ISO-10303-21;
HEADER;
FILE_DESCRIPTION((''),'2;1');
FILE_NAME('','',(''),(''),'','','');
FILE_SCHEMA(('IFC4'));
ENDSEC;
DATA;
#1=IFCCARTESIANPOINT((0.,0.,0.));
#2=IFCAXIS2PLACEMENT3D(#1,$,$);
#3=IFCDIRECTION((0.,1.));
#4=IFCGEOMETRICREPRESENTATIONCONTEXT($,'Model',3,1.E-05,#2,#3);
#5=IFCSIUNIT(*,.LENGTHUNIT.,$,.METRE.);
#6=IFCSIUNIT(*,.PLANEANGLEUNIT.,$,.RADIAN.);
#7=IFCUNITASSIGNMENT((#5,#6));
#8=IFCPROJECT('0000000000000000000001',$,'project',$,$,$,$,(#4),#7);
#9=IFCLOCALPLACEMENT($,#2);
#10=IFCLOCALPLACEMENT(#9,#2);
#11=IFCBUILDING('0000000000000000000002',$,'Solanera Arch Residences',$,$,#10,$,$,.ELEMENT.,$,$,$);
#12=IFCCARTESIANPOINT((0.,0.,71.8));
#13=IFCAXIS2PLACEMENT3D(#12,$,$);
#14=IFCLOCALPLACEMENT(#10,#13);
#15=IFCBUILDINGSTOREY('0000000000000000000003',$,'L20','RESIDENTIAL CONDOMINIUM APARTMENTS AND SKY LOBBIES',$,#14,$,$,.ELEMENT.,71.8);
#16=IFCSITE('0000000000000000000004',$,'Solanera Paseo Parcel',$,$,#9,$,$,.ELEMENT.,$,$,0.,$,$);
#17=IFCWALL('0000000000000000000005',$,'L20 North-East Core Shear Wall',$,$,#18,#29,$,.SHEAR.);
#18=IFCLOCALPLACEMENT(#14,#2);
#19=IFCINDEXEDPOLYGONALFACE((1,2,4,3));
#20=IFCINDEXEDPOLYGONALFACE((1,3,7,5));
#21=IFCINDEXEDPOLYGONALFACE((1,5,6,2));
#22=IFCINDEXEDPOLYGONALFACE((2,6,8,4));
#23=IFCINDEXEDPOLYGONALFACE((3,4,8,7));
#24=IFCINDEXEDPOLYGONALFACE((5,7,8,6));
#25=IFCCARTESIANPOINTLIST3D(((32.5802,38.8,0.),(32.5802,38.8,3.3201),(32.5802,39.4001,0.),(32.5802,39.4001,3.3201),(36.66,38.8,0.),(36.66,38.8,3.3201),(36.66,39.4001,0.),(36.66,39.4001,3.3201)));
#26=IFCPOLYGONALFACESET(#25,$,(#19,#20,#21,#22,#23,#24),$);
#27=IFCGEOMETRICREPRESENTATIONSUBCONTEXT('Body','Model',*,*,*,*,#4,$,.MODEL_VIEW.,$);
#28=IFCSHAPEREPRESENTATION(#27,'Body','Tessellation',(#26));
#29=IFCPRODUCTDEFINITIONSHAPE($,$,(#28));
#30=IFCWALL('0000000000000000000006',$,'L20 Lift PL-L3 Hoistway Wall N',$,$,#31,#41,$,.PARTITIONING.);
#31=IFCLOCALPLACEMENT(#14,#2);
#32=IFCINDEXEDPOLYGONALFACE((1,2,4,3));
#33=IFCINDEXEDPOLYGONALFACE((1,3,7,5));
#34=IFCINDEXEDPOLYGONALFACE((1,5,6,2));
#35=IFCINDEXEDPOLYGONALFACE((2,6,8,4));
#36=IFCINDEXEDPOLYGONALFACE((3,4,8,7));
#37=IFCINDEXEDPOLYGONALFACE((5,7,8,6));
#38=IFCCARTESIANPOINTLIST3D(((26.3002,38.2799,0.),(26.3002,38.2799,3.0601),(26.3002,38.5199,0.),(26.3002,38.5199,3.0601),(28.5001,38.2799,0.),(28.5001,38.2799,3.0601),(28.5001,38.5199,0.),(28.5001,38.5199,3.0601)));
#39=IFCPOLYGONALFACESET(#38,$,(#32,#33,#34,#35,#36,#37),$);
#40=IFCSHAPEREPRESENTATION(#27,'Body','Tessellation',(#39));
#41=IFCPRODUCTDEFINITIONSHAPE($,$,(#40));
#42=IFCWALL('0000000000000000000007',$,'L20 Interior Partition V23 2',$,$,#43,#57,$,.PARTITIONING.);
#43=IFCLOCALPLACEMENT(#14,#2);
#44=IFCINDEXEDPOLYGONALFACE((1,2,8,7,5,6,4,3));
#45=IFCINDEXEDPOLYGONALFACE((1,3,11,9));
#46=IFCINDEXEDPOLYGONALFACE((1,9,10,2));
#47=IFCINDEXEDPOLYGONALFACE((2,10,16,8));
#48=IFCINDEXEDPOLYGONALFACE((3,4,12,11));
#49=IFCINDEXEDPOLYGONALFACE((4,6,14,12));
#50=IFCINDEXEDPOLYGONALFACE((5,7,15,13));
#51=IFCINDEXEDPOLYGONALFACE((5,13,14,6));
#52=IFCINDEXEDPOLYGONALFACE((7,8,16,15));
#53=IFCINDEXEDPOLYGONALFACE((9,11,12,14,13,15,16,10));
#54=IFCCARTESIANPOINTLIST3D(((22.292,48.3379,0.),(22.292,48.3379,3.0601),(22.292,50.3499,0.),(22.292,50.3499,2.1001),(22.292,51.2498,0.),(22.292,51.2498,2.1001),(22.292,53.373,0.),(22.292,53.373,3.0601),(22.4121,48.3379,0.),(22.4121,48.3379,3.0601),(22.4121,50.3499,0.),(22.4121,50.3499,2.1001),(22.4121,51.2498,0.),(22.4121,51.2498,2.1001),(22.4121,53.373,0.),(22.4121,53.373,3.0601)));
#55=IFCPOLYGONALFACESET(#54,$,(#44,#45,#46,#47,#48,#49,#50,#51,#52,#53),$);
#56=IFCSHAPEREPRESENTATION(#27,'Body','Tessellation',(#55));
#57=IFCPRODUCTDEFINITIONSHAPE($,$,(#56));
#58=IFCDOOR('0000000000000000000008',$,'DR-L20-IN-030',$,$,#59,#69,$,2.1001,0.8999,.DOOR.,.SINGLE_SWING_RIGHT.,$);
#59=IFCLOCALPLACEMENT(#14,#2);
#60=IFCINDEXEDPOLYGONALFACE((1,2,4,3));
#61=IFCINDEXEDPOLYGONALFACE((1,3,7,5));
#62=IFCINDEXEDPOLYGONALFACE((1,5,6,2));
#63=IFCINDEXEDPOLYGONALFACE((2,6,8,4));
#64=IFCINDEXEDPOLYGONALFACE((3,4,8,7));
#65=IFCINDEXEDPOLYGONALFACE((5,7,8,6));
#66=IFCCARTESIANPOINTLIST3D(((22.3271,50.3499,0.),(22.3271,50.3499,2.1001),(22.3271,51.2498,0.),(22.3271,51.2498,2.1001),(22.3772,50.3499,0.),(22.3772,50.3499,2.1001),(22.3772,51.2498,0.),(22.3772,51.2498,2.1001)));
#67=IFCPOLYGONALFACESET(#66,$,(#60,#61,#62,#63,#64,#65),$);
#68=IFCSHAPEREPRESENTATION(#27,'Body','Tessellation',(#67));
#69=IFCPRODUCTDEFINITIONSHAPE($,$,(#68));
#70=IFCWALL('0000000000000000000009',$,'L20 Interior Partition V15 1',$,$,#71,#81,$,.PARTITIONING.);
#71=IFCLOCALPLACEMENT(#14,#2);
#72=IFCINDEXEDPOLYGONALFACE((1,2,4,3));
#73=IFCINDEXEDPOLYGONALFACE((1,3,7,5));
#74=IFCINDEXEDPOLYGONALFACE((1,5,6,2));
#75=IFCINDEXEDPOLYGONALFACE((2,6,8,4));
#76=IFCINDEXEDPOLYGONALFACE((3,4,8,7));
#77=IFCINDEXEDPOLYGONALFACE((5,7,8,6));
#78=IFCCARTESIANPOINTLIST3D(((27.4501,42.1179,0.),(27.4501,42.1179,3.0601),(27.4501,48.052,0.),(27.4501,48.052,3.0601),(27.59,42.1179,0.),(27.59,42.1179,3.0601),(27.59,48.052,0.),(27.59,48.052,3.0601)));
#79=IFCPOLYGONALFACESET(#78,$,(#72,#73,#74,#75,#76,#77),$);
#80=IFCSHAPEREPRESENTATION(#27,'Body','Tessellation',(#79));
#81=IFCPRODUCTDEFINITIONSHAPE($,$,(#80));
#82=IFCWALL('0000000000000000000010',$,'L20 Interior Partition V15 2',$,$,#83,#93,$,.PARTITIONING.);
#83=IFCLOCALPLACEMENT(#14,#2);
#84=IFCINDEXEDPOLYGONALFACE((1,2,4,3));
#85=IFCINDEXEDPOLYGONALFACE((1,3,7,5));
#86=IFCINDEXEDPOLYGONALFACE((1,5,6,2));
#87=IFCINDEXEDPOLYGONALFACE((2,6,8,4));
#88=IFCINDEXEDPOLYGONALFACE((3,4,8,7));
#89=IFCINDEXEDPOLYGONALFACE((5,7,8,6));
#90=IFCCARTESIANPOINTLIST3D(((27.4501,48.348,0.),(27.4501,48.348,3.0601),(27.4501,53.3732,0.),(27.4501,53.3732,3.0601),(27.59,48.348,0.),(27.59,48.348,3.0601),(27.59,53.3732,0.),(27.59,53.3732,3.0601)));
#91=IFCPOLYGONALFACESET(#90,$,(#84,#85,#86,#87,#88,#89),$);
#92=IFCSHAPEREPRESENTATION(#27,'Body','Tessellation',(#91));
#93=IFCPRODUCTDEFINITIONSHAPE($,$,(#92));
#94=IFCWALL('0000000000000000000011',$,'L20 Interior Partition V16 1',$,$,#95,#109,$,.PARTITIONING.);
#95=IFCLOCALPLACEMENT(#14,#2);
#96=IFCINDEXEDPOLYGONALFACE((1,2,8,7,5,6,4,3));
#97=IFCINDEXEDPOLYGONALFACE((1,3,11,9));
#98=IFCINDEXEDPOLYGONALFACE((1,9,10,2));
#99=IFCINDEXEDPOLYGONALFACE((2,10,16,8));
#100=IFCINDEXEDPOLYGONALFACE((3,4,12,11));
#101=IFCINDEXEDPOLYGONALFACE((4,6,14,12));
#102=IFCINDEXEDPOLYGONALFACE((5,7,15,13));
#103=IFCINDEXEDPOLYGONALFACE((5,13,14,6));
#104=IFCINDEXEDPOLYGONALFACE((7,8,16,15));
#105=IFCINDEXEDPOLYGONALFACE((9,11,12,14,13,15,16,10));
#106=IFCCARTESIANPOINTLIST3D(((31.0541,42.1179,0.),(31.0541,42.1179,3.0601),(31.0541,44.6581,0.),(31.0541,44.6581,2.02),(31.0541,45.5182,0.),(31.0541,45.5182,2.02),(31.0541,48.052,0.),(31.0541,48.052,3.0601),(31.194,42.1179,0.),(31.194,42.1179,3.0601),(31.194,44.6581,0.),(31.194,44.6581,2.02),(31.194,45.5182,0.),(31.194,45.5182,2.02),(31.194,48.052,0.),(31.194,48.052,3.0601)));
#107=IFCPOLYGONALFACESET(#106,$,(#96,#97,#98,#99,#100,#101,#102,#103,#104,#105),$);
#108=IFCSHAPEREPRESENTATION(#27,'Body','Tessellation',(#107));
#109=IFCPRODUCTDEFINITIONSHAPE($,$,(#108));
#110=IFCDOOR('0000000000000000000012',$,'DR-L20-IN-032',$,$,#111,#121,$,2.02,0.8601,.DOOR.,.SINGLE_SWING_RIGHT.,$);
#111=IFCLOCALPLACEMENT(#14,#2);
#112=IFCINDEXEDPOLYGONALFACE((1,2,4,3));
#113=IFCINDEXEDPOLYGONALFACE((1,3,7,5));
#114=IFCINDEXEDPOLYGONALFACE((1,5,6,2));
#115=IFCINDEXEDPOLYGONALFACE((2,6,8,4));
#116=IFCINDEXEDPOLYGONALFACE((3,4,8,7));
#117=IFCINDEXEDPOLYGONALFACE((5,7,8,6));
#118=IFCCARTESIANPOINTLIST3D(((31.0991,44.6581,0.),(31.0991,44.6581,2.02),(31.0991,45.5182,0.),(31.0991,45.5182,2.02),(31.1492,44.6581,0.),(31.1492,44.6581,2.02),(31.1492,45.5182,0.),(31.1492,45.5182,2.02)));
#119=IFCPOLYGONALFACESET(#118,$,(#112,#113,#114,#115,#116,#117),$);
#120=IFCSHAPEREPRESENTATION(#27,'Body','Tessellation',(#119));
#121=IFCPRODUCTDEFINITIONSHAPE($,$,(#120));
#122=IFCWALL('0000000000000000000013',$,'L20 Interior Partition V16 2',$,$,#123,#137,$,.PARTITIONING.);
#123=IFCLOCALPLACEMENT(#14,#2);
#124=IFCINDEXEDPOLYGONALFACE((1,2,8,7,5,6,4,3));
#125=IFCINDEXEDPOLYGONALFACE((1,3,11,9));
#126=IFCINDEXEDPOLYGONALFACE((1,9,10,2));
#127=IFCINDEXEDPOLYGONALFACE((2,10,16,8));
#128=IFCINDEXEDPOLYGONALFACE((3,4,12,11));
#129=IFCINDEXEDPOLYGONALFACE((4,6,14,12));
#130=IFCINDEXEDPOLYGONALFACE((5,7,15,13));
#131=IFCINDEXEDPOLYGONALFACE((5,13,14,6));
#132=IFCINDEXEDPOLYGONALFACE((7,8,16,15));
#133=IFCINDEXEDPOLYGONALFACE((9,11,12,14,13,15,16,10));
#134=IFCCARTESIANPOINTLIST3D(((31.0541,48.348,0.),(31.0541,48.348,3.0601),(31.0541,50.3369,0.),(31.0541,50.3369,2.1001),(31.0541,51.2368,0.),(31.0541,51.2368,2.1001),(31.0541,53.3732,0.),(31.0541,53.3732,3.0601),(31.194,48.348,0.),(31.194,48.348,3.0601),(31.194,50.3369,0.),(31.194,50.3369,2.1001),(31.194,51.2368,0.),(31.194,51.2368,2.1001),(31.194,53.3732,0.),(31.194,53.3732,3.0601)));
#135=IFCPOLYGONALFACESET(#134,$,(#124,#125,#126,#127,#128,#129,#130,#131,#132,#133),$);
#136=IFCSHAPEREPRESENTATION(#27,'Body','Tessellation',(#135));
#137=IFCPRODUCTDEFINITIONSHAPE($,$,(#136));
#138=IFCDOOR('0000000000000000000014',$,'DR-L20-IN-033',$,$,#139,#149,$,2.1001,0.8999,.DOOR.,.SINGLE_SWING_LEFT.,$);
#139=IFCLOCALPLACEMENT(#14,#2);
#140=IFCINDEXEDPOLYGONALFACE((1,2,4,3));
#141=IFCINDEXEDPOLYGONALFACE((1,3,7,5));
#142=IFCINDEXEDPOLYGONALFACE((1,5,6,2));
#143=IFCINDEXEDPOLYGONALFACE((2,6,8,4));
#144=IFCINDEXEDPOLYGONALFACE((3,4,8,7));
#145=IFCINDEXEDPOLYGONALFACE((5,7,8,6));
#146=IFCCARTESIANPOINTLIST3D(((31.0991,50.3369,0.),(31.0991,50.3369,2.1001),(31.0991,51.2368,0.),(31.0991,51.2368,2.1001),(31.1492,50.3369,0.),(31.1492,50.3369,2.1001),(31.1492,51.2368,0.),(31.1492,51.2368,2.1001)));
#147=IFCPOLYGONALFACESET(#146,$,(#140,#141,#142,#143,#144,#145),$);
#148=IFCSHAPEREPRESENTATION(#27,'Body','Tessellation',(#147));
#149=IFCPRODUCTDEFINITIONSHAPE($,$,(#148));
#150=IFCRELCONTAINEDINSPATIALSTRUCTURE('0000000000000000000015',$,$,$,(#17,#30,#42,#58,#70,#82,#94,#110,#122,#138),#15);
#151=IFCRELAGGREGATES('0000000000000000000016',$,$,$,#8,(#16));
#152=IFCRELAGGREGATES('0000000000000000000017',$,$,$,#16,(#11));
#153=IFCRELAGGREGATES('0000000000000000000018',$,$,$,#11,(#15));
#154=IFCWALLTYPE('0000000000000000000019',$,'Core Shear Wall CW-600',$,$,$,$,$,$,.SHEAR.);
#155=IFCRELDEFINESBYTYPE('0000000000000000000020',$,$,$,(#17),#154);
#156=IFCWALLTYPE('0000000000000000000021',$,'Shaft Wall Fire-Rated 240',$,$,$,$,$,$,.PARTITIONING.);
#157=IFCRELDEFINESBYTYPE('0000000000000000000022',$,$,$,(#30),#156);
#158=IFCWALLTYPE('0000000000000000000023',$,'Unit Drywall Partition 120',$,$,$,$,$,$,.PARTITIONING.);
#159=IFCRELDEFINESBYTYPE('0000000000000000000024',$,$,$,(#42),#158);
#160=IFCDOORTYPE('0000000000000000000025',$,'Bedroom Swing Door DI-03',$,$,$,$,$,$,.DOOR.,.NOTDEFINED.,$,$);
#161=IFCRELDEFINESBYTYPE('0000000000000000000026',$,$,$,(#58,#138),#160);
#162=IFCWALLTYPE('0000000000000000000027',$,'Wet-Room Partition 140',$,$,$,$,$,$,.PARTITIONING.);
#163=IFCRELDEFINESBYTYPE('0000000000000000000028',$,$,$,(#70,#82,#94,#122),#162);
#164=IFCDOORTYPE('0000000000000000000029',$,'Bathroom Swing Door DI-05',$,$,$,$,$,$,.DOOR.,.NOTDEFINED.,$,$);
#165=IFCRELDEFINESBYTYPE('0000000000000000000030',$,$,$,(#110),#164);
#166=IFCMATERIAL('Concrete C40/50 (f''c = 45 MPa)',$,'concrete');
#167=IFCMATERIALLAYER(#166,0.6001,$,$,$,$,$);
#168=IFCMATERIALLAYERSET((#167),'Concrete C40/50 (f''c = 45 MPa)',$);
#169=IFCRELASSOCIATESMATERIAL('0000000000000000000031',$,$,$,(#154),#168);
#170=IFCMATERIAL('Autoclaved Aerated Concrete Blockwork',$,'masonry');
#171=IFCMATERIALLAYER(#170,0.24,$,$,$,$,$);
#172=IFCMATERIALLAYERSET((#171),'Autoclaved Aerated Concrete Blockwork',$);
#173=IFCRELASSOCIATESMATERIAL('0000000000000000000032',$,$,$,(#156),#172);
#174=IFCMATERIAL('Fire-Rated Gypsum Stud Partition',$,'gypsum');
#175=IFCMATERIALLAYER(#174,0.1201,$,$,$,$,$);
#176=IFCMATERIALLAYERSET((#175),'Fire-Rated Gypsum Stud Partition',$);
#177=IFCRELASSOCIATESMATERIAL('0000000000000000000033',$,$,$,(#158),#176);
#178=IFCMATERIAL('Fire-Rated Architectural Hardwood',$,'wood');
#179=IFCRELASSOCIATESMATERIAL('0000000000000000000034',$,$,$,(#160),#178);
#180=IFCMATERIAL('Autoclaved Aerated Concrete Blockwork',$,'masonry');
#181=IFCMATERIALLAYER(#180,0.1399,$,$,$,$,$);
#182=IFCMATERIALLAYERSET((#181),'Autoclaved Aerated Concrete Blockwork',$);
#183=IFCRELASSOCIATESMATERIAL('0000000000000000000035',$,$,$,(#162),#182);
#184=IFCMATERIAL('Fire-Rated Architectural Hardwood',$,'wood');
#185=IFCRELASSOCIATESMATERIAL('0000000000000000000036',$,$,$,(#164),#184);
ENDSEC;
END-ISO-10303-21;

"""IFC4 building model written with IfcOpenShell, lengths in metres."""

from ifc_helpers import new_model, si_unit, direction, frame, frame_2d, origin, place, context, subcontext, project, spatial, rectangle, extrude, material, layer, layer_set, type_object, element, fill, save


model = new_model("IFC4")

# Units and contexts
model_context = context("Model", 3, precision=1e-05, world=origin(), true_north=direction((0.0, 1.0)))
body_context = subcontext(model_context, "Body", "Model", "MODEL_VIEW")
ifc_project = project(units=[si_unit("LENGTHUNIT", "METRE"), si_unit("PLANEANGLEUNIT", "RADIAN")], contexts=[model_context])

# Site, building, storey
site_placement = place(None, origin())
site = spatial("IfcSite", under=ifc_project, at=site_placement, Name="Solanera Paseo Parcel", CompositionType="ELEMENT", RefElevation=0.0)
building_placement = place(site_placement, origin())
building = spatial("IfcBuilding", under=site, at=building_placement, Name="Solanera Arch Residences", CompositionType="ELEMENT")
storey_placement = place(building_placement, frame((0.0, 0.0, 71.8)))
storey = spatial("IfcBuildingStorey", under=building, at=storey_placement, Name="L20", Description="RESIDENTIAL CONDOMINIUM APARTMENTS AND SKY LOBBIES", CompositionType="ELEMENT", Elevation=71.8)

# Walls
ifc_material_1 = material(Name="Concrete C40/50 (f'c = 45 MPa)", Category="concrete")
ifc_layer_1 = layer(ifc_material_1, 0.6001)
ifc_layer_set_1 = layer_set([ifc_layer_1], Name="Concrete C40/50 (f'c = 45 MPa)")
wall_type_1 = type_object("IfcWallType", Name="Core Shear Wall CW-600", PredefinedType="SHEAR", material=ifc_layer_set_1)
wall_1_placement = place(storey_placement, frame((32.5801, 39.1001, 0.0), z_axis=(0.0, 0.0, 1.0), x_axis=(1.0, 0.0, 0.0)))
element("IfcWall", 1, at=wall_1_placement, inside=storey, type_object=wall_type_1, Name="L20 North-East Core Shear Wall", PredefinedType="SHEAR", context=body_context, shape_type="SweptSolid", body=[
    extrude(rectangle(XDim=4.0798, YDim=0.6001, at=frame_2d((2.04, 0.0))), origin(), (0.0, 0.0, 1.0), 3.3201),
])
ifc_material_2 = material(Name="Autoclaved Aerated Concrete Blockwork", Category="masonry")
ifc_layer_2 = layer(ifc_material_2, 0.24)
ifc_layer_set_2 = layer_set([ifc_layer_2], Name="Autoclaved Aerated Concrete Blockwork")
wall_type_2 = type_object("IfcWallType", Name="Shaft Wall Fire-Rated 240", PredefinedType="PARTITIONING", material=ifc_layer_set_2)
wall_2_placement = place(storey_placement, frame((26.3, 38.3999, 0.0), z_axis=(0.0, 0.0, 1.0), x_axis=(1.0, 0.0, 0.0)))
element("IfcWall", 2, at=wall_2_placement, inside=storey, type_object=wall_type_2, Name="L20 Lift PL-L3 Hoistway Wall N", PredefinedType="PARTITIONING", context=body_context, shape_type="SweptSolid", body=[
    extrude(rectangle(XDim=2.2, YDim=0.24, at=frame_2d((1.1001, 0.0))), origin(), (0.0, 0.0, 1.0), 3.0601),
])

# Wall, opening, door
ifc_material_3 = material(Name="Fire-Rated Gypsum Stud Partition", Category="gypsum")
ifc_layer_3 = layer(ifc_material_3, 0.1201)
ifc_layer_set_3 = layer_set([ifc_layer_3], Name="Fire-Rated Gypsum Stud Partition")
wall_type_3 = type_object("IfcWallType", Name="Unit Drywall Partition 120", PredefinedType="PARTITIONING", material=ifc_layer_set_3)
wall_3_placement = place(storey_placement, frame((22.3521, 48.3379, 0.0), z_axis=(0.0, 0.0, 1.0), x_axis=(0.0, 1.0, 0.0)))
wall_3 = element("IfcWall", 3, at=wall_3_placement, inside=storey, type_object=wall_type_3, Name="L20 Interior Partition V23 2", PredefinedType="PARTITIONING", context=body_context, shape_type="SweptSolid", body=[
    extrude(rectangle(XDim=5.0352, YDim=0.1201, at=frame_2d((2.5176, 0.0))), origin(), (0.0, 0.0, 1.0), 3.0601),
])
opening_1_placement = place(wall_3_placement, frame((2.012, 0.0, 0.0)))
opening_1 = element("IfcOpeningElement", 4, at=opening_1_placement, cuts=wall_3, PredefinedType="OPENING", context=body_context, shape_type="SweptSolid", body=[
    extrude(rectangle(XDim=0.8999, YDim=2.1001, at=frame_2d((0.45, 1.05))), frame((0.0, 0.0701, 0.0), z_axis=(0.0, -1.0, 0.0), x_axis=(1.0, 0.0, 0.0)), (0.0, 0.0, 1.0), 0.1401),
])
ifc_material_4 = material(Name="Fire-Rated Architectural Hardwood", Category="wood")
door_type_1 = type_object("IfcDoorType", Name="Bedroom Swing Door DI-03", OperationType="NOTDEFINED", PredefinedType="DOOR", material=ifc_material_4)
door_1_placement = place(opening_1_placement, origin())
door_1 = element("IfcDoor", 5, at=door_1_placement, inside=storey, type_object=door_type_1, Name="DR-L20-IN-030", OperationType="SINGLE_SWING_RIGHT", OverallHeight=2.1001, OverallWidth=0.8999, PredefinedType="DOOR", context=body_context, shape_type="SweptSolid", body=[
    extrude(rectangle(XDim=0.8999, YDim=2.1001, at=frame_2d((0.45, 1.05))), frame((0.0, 0.0249, 0.0), z_axis=(0.0, -1.0, 0.0), x_axis=(1.0, 0.0, 0.0)), (0.0, 0.0, 1.0), 0.05),
])
fill(opening_1, door_1)

# Walls
ifc_material_5 = material(Name="Autoclaved Aerated Concrete Blockwork", Category="masonry")
ifc_layer_4 = layer(ifc_material_5, 0.1399)
ifc_layer_set_4 = layer_set([ifc_layer_4], Name="Autoclaved Aerated Concrete Blockwork")
wall_type_4 = type_object("IfcWallType", Name="Wet-Room Partition 140", PredefinedType="PARTITIONING", material=ifc_layer_set_4)
wall_4_placement = place(storey_placement, frame((27.52, 42.1179, 0.0), z_axis=(0.0, 0.0, 1.0), x_axis=(0.0, 1.0, 0.0)))
element("IfcWall", 6, at=wall_4_placement, inside=storey, type_object=wall_type_4, Name="L20 Interior Partition V15 1", PredefinedType="PARTITIONING", context=body_context, shape_type="SweptSolid", body=[
    extrude(rectangle(XDim=5.9341, YDim=0.1399, at=frame_2d((2.967, 0.0))), origin(), (0.0, 0.0, 1.0), 3.0601),
])
wall_5_placement = place(storey_placement, frame((27.52, 48.3479, 0.0), z_axis=(0.0, 0.0, 1.0), x_axis=(0.0, 1.0, 0.0)))
element("IfcWall", 7, at=wall_5_placement, inside=storey, type_object=wall_type_4, Name="L20 Interior Partition V15 2", PredefinedType="PARTITIONING", context=body_context, shape_type="SweptSolid", body=[
    extrude(rectangle(XDim=5.0251, YDim=0.1399, at=frame_2d((2.5127, 0.0))), origin(), (0.0, 0.0, 1.0), 3.0601),
])

# Walls, openings, doors
wall_6_placement = place(storey_placement, frame((31.124, 42.1179, 0.0), z_axis=(0.0, 0.0, 1.0), x_axis=(0.0, 1.0, 0.0)))
wall_6 = element("IfcWall", 8, at=wall_6_placement, inside=storey, type_object=wall_type_4, Name="L20 Interior Partition V16 1", PredefinedType="PARTITIONING", context=body_context, shape_type="SweptSolid", body=[
    extrude(rectangle(XDim=5.9341, YDim=0.1399, at=frame_2d((2.967, 0.0))), origin(), (0.0, 0.0, 1.0), 3.0601),
])
opening_2_placement = place(wall_6_placement, frame((2.54, 0.0, 0.0)))
opening_2 = element("IfcOpeningElement", 9, at=opening_2_placement, cuts=wall_6, PredefinedType="OPENING", context=body_context, shape_type="SweptSolid", body=[
    extrude(rectangle(XDim=0.8601, YDim=2.02, at=frame_2d((0.4302, 1.01))), frame((0.0, 0.0798, 0.0), z_axis=(0.0, -1.0, 0.0), x_axis=(1.0, 0.0, 0.0)), (0.0, 0.0, 1.0), 0.1599),
])
ifc_material_6 = material(Name="Fire-Rated Architectural Hardwood", Category="wood")
door_type_2 = type_object("IfcDoorType", Name="Bathroom Swing Door DI-05", OperationType="NOTDEFINED", PredefinedType="DOOR", material=ifc_material_6)
door_2_placement = place(opening_2_placement, origin())
door_2 = element("IfcDoor", 10, at=door_2_placement, inside=storey, type_object=door_type_2, Name="DR-L20-IN-032", OperationType="SINGLE_SWING_RIGHT", OverallHeight=2.02, OverallWidth=0.8601, PredefinedType="DOOR", context=body_context, shape_type="SweptSolid", body=[
    extrude(rectangle(XDim=0.8601, YDim=2.02, at=frame_2d((0.4302, 1.01))), frame((0.0, 0.0249, 0.0), z_axis=(0.0, -1.0, 0.0), x_axis=(1.0, 0.0, 0.0)), (0.0, 0.0, 1.0), 0.05),
])
fill(opening_2, door_2)
wall_7_placement = place(storey_placement, frame((31.124, 48.3479, 0.0), z_axis=(0.0, 0.0, 1.0), x_axis=(0.0, 1.0, 0.0)))
wall_7 = element("IfcWall", 11, at=wall_7_placement, inside=storey, type_object=wall_type_4, Name="L20 Interior Partition V16 2", PredefinedType="PARTITIONING", context=body_context, shape_type="SweptSolid", body=[
    extrude(rectangle(XDim=5.0251, YDim=0.1399, at=frame_2d((2.5127, 0.0))), origin(), (0.0, 0.0, 1.0), 3.0601),
])
opening_3_placement = place(wall_7_placement, frame((1.989, 0.0, 0.0)))
opening_3 = element("IfcOpeningElement", 12, at=opening_3_placement, cuts=wall_7, PredefinedType="OPENING", context=body_context, shape_type="SweptSolid", body=[
    extrude(rectangle(XDim=0.8999, YDim=2.1001, at=frame_2d((0.45, 1.05))), frame((0.0, 0.0798, 0.0), z_axis=(0.0, -1.0, 0.0), x_axis=(1.0, 0.0, 0.0)), (0.0, 0.0, 1.0), 0.1599),
])
door_3_placement = place(opening_3_placement, origin())
door_3 = element("IfcDoor", 13, at=door_3_placement, inside=storey, type_object=door_type_1, Name="DR-L20-IN-033", OperationType="SINGLE_SWING_LEFT", OverallHeight=2.1001, OverallWidth=0.8999, PredefinedType="DOOR", context=body_context, shape_type="SweptSolid", body=[
    extrude(rectangle(XDim=0.8999, YDim=2.1001, at=frame_2d((0.45, 1.05))), frame((0.0, 0.0249, 0.0), z_axis=(0.0, -1.0, 0.0), x_axis=(1.0, 0.0, 0.0)), (0.0, 0.0, 1.0), 0.05),
])
fill(opening_3, door_3)

save(model, "model.ifc")
